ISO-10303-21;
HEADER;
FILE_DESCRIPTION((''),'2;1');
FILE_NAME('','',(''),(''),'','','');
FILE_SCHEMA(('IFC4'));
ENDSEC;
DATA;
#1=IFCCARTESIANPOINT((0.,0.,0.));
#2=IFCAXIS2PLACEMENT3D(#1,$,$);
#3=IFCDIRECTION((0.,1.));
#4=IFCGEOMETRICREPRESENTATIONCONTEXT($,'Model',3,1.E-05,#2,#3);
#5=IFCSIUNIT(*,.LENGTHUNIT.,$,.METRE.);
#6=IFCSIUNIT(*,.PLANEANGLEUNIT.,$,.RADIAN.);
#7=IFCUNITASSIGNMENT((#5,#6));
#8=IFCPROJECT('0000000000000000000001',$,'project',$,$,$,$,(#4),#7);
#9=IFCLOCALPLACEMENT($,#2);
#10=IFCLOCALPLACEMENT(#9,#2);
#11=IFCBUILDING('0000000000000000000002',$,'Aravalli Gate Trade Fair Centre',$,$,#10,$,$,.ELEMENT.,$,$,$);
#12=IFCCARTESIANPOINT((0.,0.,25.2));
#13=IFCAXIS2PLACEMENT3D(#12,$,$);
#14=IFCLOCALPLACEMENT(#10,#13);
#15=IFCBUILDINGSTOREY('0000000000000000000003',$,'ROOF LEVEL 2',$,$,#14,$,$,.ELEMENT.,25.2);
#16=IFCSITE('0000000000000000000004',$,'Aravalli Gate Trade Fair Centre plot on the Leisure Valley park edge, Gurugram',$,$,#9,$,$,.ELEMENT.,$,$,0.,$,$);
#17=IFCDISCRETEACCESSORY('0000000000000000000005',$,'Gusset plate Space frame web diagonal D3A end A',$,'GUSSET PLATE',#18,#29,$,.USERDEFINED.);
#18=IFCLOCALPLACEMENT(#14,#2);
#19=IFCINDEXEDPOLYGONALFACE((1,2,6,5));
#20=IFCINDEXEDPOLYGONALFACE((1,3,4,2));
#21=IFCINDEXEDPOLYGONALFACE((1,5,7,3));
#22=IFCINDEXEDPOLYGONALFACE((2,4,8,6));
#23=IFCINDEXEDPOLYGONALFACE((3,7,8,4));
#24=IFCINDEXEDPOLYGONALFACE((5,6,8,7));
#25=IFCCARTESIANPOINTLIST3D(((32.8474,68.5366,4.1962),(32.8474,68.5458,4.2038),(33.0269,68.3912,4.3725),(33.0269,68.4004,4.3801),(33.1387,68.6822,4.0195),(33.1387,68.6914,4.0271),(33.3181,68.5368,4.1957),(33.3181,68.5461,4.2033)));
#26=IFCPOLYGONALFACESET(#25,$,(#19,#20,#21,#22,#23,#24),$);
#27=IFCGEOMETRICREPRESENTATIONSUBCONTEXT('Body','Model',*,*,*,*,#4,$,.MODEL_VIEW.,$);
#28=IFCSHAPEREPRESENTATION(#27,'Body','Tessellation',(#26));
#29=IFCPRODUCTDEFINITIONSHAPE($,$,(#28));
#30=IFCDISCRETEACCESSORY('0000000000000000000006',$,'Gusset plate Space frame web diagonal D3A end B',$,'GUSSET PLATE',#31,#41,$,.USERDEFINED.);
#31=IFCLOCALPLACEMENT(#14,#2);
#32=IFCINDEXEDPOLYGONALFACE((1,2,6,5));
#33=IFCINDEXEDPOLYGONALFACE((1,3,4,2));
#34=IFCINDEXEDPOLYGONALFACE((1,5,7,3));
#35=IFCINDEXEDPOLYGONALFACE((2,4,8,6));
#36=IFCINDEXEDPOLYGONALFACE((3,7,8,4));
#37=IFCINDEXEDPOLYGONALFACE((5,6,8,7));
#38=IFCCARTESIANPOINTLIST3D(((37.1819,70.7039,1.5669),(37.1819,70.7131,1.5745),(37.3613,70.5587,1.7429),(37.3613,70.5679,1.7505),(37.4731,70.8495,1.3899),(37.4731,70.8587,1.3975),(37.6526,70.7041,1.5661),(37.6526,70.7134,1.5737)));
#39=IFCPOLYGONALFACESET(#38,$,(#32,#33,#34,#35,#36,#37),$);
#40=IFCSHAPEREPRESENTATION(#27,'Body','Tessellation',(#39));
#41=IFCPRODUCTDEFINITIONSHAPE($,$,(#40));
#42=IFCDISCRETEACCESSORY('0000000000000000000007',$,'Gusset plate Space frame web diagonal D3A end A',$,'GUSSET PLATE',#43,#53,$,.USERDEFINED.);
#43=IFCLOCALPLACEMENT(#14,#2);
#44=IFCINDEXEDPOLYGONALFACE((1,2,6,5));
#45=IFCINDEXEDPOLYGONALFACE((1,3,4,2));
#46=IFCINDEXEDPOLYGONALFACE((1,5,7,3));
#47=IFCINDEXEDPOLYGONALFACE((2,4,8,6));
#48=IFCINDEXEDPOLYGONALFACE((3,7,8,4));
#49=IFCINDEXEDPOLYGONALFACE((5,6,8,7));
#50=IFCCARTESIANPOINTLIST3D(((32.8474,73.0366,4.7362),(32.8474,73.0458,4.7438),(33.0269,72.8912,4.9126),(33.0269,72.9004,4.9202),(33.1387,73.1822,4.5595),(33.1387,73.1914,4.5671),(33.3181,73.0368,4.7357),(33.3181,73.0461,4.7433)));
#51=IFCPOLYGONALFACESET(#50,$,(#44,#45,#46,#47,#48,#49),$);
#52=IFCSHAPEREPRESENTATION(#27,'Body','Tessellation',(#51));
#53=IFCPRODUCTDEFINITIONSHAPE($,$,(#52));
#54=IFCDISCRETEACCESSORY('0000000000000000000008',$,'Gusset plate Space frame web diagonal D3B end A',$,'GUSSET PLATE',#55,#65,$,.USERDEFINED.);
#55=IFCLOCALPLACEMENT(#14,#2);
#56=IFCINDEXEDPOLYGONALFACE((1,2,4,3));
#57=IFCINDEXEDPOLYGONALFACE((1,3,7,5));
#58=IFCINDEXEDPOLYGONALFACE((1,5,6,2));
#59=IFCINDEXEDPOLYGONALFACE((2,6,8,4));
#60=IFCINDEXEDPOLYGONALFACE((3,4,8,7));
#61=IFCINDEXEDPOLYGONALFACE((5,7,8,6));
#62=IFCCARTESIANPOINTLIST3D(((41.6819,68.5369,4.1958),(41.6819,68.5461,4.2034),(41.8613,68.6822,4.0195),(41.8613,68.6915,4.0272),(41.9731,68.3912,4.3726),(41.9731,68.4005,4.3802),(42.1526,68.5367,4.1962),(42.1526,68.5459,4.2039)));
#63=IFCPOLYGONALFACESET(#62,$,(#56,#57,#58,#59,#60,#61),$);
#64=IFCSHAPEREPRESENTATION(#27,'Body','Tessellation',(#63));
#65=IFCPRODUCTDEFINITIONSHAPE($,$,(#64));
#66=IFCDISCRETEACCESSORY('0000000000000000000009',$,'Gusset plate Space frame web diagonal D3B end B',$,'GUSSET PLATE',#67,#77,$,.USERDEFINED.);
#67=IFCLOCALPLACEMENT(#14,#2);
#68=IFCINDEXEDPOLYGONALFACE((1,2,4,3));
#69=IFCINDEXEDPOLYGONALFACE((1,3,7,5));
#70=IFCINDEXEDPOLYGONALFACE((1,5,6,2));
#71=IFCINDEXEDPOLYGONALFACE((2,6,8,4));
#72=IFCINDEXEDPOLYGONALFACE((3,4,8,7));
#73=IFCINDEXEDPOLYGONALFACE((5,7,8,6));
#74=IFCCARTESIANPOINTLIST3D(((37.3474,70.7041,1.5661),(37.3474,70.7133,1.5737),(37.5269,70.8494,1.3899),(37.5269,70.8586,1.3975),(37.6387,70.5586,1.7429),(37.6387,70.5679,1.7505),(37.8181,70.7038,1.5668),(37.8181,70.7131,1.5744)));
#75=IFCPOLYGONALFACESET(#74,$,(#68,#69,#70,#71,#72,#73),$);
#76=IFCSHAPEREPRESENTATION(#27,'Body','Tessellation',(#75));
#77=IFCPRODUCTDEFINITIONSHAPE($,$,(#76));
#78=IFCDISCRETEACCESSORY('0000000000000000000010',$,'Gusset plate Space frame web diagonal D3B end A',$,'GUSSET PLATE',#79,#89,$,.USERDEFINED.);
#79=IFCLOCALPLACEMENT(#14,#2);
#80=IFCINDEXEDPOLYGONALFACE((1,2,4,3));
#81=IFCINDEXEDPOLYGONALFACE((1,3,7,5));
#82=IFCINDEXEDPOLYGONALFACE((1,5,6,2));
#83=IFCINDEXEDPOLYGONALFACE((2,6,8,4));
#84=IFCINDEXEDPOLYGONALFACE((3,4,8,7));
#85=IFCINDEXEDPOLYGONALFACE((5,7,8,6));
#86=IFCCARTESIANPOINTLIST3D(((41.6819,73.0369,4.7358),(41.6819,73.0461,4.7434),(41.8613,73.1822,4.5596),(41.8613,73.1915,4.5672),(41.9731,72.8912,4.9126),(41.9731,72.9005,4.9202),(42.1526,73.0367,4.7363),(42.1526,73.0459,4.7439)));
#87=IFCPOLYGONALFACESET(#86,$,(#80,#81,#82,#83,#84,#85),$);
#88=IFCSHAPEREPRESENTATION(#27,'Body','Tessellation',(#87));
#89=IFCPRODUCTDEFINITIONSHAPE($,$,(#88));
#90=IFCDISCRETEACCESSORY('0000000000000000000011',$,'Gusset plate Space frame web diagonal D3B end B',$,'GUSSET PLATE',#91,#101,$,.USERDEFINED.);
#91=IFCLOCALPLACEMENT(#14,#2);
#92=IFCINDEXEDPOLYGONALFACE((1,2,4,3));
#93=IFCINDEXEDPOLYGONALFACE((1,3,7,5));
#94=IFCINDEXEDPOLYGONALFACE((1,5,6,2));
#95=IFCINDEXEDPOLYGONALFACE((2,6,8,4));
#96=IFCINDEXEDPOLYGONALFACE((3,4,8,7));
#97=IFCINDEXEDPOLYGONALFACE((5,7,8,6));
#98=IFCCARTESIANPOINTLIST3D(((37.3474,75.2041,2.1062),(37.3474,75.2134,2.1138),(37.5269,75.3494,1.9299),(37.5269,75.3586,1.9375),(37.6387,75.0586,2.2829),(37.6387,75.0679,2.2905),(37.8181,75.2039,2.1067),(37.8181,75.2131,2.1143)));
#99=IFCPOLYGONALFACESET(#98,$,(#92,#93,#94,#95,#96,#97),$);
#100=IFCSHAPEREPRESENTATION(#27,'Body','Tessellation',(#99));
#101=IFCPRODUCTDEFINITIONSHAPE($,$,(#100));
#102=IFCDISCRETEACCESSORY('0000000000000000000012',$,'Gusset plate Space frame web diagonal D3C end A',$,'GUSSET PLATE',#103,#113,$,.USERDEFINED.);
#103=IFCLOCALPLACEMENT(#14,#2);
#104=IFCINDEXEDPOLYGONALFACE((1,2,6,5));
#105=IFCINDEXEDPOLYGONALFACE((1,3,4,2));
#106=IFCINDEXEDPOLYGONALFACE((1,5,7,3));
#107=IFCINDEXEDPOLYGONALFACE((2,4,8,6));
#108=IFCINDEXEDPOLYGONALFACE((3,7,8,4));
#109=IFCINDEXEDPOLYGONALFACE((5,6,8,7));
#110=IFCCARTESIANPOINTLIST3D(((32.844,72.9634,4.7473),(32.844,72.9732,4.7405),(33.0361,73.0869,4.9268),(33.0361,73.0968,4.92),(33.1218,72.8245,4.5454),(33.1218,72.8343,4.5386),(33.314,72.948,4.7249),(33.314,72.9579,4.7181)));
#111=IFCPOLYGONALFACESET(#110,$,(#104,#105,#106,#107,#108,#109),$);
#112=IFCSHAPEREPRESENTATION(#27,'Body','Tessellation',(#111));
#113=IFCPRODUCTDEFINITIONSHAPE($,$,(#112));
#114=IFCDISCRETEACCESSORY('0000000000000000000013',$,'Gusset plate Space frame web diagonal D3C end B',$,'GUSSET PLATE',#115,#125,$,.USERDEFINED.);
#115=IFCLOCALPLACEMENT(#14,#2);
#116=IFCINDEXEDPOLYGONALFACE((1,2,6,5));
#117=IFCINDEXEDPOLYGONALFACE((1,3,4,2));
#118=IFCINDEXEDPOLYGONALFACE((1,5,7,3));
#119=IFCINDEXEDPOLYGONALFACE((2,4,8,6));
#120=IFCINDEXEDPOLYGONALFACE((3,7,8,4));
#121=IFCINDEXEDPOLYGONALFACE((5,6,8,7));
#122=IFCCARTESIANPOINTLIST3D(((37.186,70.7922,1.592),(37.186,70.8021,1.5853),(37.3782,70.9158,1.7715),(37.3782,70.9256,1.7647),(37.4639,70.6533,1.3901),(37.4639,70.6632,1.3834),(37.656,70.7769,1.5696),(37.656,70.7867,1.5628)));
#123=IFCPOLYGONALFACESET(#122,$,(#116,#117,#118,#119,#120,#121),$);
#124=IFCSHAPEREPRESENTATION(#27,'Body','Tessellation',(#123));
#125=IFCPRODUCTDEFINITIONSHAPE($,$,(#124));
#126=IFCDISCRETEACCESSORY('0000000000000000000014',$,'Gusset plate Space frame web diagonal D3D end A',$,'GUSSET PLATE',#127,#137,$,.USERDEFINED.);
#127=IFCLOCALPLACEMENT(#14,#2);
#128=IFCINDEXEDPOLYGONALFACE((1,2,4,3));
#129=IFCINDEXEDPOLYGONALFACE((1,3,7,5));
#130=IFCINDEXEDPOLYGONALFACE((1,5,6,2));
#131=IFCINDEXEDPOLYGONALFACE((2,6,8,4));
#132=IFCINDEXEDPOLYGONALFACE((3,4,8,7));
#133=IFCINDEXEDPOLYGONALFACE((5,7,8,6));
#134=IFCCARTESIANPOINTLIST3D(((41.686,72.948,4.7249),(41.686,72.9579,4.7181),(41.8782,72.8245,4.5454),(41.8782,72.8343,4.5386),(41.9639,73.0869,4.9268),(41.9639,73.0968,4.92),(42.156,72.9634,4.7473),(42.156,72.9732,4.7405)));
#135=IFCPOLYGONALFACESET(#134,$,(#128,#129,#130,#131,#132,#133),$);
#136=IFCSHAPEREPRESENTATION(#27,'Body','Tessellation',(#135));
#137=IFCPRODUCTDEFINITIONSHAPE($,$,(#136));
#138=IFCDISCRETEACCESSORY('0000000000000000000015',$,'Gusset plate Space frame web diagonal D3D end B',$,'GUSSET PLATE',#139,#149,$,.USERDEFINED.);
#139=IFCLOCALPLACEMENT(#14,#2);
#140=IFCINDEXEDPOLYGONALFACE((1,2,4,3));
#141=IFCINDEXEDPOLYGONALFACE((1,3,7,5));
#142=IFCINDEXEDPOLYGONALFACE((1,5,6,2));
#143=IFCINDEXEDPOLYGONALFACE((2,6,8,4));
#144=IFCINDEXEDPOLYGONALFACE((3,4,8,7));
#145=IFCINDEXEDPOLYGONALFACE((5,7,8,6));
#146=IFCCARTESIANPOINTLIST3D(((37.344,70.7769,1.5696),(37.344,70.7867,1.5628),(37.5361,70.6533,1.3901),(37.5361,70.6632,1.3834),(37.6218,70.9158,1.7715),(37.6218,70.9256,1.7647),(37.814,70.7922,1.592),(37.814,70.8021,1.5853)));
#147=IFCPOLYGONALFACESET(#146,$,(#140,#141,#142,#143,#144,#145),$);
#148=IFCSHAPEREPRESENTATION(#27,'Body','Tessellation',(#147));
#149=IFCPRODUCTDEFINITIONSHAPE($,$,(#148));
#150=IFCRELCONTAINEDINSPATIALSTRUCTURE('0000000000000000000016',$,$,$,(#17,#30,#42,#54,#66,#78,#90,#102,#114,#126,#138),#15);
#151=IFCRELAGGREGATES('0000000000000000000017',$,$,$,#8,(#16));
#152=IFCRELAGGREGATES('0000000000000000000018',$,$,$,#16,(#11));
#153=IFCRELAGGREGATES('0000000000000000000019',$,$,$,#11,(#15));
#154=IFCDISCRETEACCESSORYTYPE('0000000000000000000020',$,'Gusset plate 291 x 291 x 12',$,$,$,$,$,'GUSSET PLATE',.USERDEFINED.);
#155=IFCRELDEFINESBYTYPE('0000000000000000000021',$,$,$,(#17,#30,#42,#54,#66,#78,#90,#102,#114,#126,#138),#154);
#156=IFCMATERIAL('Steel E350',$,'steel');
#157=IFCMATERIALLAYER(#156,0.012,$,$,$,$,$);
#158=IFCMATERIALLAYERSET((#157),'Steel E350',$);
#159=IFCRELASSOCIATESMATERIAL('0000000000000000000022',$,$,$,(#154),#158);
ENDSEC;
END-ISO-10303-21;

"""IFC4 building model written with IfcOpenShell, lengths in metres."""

from ifc_helpers import new_model, si_unit, direction, frame, origin, place, context, subcontext, project, spatial, polyline, outline, extrude, material, layer, layer_set, type_object, element, save


model = new_model("IFC4")

# Units and contexts
model_context = context("Model", 3, precision=1e-05, world=origin(), true_north=direction((0.0, 1.0)))
body_context = subcontext(model_context, "Body", "Model", "MODEL_VIEW")
ifc_project = project(units=[si_unit("LENGTHUNIT", "METRE"), si_unit("PLANEANGLEUNIT", "RADIAN")], contexts=[model_context])

# Site, building, storey
site_placement = place(None, origin())
site = spatial("IfcSite", under=ifc_project, at=site_placement, Name="Aravalli Gate Trade Fair Centre plot on the Leisure Valley park edge, Gurugram", CompositionType="ELEMENT", RefElevation=0.0)
building_placement = place(site_placement, origin())
building = spatial("IfcBuilding", under=site, at=building_placement, Name="Aravalli Gate Trade Fair Centre", CompositionType="ELEMENT")
storey_placement = place(building_placement, frame((0.0, 0.0, 25.2)))
storey = spatial("IfcBuildingStorey", under=building, at=storey_placement, Name="ROOF LEVEL 2", CompositionType="ELEMENT", Elevation=25.2)

# Shared definitions
ifc_material = material(Name="Steel E350", Category="steel")

# Discrete accessories
ifc_layer = layer(ifc_material, 0.012)
ifc_layer_set = layer_set([ifc_layer], Name="Steel E350")
discrete_accessory_type = type_object("IfcDiscreteAccessoryType", Name="Gusset plate 291 x 291 x 12", ElementType="GUSSET PLATE", PredefinedType="USERDEFINED", material=ifc_layer_set)
discrete_accessory_1_placement = place(storey_placement, frame((33.1387, 68.6914, 4.0271), z_axis=(0.00026, 0.771582, 0.63613), x_axis=(-0.78619, -0.392962, 0.476956)))
element("IfcDiscreteAccessory", 1, at=discrete_accessory_1_placement, inside=storey, type_object=discrete_accessory_type, Name="Gusset plate Space frame web diagonal D3A end A", ObjectType="GUSSET PLATE", PredefinedType="USERDEFINED", context=body_context, shape_type="SweptSolid", body=[
    extrude(outline(polyline([(0.0, 0.0), (0.3705, 0.0), (0.3706, 0.2906), (0.0001, 0.2905), (0.0, 0.0)])), origin(), (0.0, 0.0, -1.0), 0.012),
])
discrete_accessory_2_placement = place(storey_placement, frame((37.1819, 70.7131, 1.5745), z_axis=(0.000589, 0.771792, 0.635874), x_axis=(0.785943, 0.392803, -0.477493)))
element("IfcDiscreteAccessory", 2, at=discrete_accessory_2_placement, inside=storey, type_object=discrete_accessory_type, Name="Gusset plate Space frame web diagonal D3A end B", ObjectType="GUSSET PLATE", PredefinedType="USERDEFINED", context=body_context, shape_type="SweptSolid", body=[
    extrude(outline(polyline([(0.0, 0.0), (0.3706, 0.0), (0.3704, -0.2905), (-0.0001, -0.2903), (0.0, 0.0)])), origin(), (0.0, 0.0, -1.0), 0.012),
])
discrete_accessory_3_placement = place(storey_placement, frame((33.1387, 73.1914, 4.5671), z_axis=(0.00026, 0.771582, 0.63613), x_axis=(-0.78619, -0.392962, 0.476956)))
element("IfcDiscreteAccessory", 3, at=discrete_accessory_3_placement, inside=storey, type_object=discrete_accessory_type, Name="Gusset plate Space frame web diagonal D3A end A", ObjectType="GUSSET PLATE", PredefinedType="USERDEFINED", context=body_context, shape_type="SweptSolid", body=[
    extrude(outline(polyline([(0.0, 0.0), (0.3705, 0.0), (0.3706, 0.2906), (0.0001, 0.2905), (0.0, 0.0)])), origin(), (0.0, 0.0, -1.0), 0.012),
])
discrete_accessory_4_placement = place(storey_placement, frame((41.6819, 68.5461, 4.2034), z_axis=(-0.00026, 0.771582, 0.63613), x_axis=(0.785986, -0.393126, 0.477156)))
element("IfcDiscreteAccessory", 4, at=discrete_accessory_4_placement, inside=storey, type_object=discrete_accessory_type, Name="Gusset plate Space frame web diagonal D3B end A", ObjectType="GUSSET PLATE", PredefinedType="USERDEFINED", context=body_context, shape_type="SweptSolid", body=[
    extrude(outline(polyline([(0.0, 0.0), (0.3706, 0.0), (0.3703, 0.2906), (-0.0002, 0.2905), (0.0, 0.0)])), origin(), (0.0, 0.0, -1.0), 0.012),
])
discrete_accessory_5_placement = place(storey_placement, frame((37.6387, 70.5679, 1.7505), z_axis=(-0.000589, 0.771792, 0.635874), x_axis=(-0.78619, 0.392604, -0.477251)))
element("IfcDiscreteAccessory", 5, at=discrete_accessory_5_placement, inside=storey, type_object=discrete_accessory_type, Name="Gusset plate Space frame web diagonal D3B end B", ObjectType="GUSSET PLATE", PredefinedType="USERDEFINED", context=body_context, shape_type="SweptSolid", body=[
    extrude(outline(polyline([(0.0, 0.0), (0.3705, 0.0), (0.3705, -0.2905), (0.0, -0.2903), (0.0, 0.0)])), origin(), (0.0, 0.0, -1.0), 0.012),
])
discrete_accessory_6_placement = place(storey_placement, frame((41.6819, 73.0461, 4.7434), z_axis=(-0.00026, 0.771582, 0.63613), x_axis=(0.785986, -0.393126, 0.477156)))
element("IfcDiscreteAccessory", 6, at=discrete_accessory_6_placement, inside=storey, type_object=discrete_accessory_type, Name="Gusset plate Space frame web diagonal D3B end A", ObjectType="GUSSET PLATE", PredefinedType="USERDEFINED", context=body_context, shape_type="SweptSolid", body=[
    extrude(outline(polyline([(0.0, 0.0), (0.3706, 0.0), (0.3703, 0.2906), (-0.0002, 0.2905), (0.0, 0.0)])), origin(), (0.0, 0.0, -1.0), 0.012),
])
discrete_accessory_7_placement = place(storey_placement, frame((37.6387, 75.0679, 2.2905), z_axis=(-0.000259, 0.771844, 0.635812), x_axis=(-0.78619, 0.392765, -0.477118)))
element("IfcDiscreteAccessory", 7, at=discrete_accessory_7_placement, inside=storey, type_object=discrete_accessory_type, Name="Gusset plate Space frame web diagonal D3B end B", ObjectType="GUSSET PLATE", PredefinedType="USERDEFINED", context=body_context, shape_type="SweptSolid", body=[
    extrude(outline(polyline([(0.0, 0.0), (0.3705, 0.0), (0.3705, -0.2905), (0.0001, -0.2905), (0.0, 0.0)])), origin(), (0.0, 0.0, -1.0), 0.012),
])
discrete_accessory_8_placement = place(storey_placement, frame((33.1218, 72.8245, 4.5454), z_axis=(0.000137, -0.82375, 0.566952), x_axis=(-0.749929, 0.374965, 0.544984)))
element("IfcDiscreteAccessory", 8, at=discrete_accessory_8_placement, inside=storey, type_object=discrete_accessory_type, Name="Gusset plate Space frame web diagonal D3C end A", ObjectType="GUSSET PLATE", PredefinedType="USERDEFINED", context=body_context, shape_type="SweptSolid", body=[
    extrude(outline(polyline([(0.0, 0.0), (0.3705, 0.0), (0.3705, -0.2905), (0.0, -0.2905), (0.0, 0.0)])), origin(), (0.0, 0.0, -1.0), 0.012),
])
discrete_accessory_9_placement = place(storey_placement, frame((37.186, 70.7922, 1.592), z_axis=(0.000137, -0.82375, 0.566952), x_axis=(0.749929, -0.374965, -0.544984)))
element("IfcDiscreteAccessory", 9, at=discrete_accessory_9_placement, inside=storey, type_object=discrete_accessory_type, Name="Gusset plate Space frame web diagonal D3C end B", ObjectType="GUSSET PLATE", PredefinedType="USERDEFINED", context=body_context, shape_type="SweptSolid", body=[
    extrude(outline(polyline([(0.0, 0.0), (0.3705, 0.0), (0.3705, 0.2905), (0.0, 0.2905), (0.0, 0.0)])), origin(), (0.0, 0.0, -1.0), 0.012),
])
discrete_accessory_10_placement = place(storey_placement, frame((41.686, 72.948, 4.7249), z_axis=(-0.000137, -0.82375, 0.566952), x_axis=(0.749929, 0.374965, 0.544984)))
element("IfcDiscreteAccessory", 10, at=discrete_accessory_10_placement, inside=storey, type_object=discrete_accessory_type, Name="Gusset plate Space frame web diagonal D3D end A", ObjectType="GUSSET PLATE", PredefinedType="USERDEFINED", context=body_context, shape_type="SweptSolid", body=[
    extrude(outline(polyline([(0.0, 0.0), (0.3705, 0.0), (0.3705, -0.2905), (0.0, -0.2905), (0.0, 0.0)])), origin(), (0.0, 0.0, -1.0), 0.012),
])
discrete_accessory_11_placement = place(storey_placement, frame((37.6218, 70.9158, 1.7715), z_axis=(-0.000137, -0.82375, 0.566952), x_axis=(-0.749929, -0.374965, -0.544984)))
element("IfcDiscreteAccessory", 11, at=discrete_accessory_11_placement, inside=storey, type_object=discrete_accessory_type, Name="Gusset plate Space frame web diagonal D3D end B", ObjectType="GUSSET PLATE", PredefinedType="USERDEFINED", context=body_context, shape_type="SweptSolid", body=[
    extrude(outline(polyline([(0.0, 0.0), (0.3705, 0.0), (0.3705, 0.2905), (0.0, 0.2905), (0.0, 0.0)])), origin(), (0.0, 0.0, -1.0), 0.012),
])

save(model, "model.ifc")
